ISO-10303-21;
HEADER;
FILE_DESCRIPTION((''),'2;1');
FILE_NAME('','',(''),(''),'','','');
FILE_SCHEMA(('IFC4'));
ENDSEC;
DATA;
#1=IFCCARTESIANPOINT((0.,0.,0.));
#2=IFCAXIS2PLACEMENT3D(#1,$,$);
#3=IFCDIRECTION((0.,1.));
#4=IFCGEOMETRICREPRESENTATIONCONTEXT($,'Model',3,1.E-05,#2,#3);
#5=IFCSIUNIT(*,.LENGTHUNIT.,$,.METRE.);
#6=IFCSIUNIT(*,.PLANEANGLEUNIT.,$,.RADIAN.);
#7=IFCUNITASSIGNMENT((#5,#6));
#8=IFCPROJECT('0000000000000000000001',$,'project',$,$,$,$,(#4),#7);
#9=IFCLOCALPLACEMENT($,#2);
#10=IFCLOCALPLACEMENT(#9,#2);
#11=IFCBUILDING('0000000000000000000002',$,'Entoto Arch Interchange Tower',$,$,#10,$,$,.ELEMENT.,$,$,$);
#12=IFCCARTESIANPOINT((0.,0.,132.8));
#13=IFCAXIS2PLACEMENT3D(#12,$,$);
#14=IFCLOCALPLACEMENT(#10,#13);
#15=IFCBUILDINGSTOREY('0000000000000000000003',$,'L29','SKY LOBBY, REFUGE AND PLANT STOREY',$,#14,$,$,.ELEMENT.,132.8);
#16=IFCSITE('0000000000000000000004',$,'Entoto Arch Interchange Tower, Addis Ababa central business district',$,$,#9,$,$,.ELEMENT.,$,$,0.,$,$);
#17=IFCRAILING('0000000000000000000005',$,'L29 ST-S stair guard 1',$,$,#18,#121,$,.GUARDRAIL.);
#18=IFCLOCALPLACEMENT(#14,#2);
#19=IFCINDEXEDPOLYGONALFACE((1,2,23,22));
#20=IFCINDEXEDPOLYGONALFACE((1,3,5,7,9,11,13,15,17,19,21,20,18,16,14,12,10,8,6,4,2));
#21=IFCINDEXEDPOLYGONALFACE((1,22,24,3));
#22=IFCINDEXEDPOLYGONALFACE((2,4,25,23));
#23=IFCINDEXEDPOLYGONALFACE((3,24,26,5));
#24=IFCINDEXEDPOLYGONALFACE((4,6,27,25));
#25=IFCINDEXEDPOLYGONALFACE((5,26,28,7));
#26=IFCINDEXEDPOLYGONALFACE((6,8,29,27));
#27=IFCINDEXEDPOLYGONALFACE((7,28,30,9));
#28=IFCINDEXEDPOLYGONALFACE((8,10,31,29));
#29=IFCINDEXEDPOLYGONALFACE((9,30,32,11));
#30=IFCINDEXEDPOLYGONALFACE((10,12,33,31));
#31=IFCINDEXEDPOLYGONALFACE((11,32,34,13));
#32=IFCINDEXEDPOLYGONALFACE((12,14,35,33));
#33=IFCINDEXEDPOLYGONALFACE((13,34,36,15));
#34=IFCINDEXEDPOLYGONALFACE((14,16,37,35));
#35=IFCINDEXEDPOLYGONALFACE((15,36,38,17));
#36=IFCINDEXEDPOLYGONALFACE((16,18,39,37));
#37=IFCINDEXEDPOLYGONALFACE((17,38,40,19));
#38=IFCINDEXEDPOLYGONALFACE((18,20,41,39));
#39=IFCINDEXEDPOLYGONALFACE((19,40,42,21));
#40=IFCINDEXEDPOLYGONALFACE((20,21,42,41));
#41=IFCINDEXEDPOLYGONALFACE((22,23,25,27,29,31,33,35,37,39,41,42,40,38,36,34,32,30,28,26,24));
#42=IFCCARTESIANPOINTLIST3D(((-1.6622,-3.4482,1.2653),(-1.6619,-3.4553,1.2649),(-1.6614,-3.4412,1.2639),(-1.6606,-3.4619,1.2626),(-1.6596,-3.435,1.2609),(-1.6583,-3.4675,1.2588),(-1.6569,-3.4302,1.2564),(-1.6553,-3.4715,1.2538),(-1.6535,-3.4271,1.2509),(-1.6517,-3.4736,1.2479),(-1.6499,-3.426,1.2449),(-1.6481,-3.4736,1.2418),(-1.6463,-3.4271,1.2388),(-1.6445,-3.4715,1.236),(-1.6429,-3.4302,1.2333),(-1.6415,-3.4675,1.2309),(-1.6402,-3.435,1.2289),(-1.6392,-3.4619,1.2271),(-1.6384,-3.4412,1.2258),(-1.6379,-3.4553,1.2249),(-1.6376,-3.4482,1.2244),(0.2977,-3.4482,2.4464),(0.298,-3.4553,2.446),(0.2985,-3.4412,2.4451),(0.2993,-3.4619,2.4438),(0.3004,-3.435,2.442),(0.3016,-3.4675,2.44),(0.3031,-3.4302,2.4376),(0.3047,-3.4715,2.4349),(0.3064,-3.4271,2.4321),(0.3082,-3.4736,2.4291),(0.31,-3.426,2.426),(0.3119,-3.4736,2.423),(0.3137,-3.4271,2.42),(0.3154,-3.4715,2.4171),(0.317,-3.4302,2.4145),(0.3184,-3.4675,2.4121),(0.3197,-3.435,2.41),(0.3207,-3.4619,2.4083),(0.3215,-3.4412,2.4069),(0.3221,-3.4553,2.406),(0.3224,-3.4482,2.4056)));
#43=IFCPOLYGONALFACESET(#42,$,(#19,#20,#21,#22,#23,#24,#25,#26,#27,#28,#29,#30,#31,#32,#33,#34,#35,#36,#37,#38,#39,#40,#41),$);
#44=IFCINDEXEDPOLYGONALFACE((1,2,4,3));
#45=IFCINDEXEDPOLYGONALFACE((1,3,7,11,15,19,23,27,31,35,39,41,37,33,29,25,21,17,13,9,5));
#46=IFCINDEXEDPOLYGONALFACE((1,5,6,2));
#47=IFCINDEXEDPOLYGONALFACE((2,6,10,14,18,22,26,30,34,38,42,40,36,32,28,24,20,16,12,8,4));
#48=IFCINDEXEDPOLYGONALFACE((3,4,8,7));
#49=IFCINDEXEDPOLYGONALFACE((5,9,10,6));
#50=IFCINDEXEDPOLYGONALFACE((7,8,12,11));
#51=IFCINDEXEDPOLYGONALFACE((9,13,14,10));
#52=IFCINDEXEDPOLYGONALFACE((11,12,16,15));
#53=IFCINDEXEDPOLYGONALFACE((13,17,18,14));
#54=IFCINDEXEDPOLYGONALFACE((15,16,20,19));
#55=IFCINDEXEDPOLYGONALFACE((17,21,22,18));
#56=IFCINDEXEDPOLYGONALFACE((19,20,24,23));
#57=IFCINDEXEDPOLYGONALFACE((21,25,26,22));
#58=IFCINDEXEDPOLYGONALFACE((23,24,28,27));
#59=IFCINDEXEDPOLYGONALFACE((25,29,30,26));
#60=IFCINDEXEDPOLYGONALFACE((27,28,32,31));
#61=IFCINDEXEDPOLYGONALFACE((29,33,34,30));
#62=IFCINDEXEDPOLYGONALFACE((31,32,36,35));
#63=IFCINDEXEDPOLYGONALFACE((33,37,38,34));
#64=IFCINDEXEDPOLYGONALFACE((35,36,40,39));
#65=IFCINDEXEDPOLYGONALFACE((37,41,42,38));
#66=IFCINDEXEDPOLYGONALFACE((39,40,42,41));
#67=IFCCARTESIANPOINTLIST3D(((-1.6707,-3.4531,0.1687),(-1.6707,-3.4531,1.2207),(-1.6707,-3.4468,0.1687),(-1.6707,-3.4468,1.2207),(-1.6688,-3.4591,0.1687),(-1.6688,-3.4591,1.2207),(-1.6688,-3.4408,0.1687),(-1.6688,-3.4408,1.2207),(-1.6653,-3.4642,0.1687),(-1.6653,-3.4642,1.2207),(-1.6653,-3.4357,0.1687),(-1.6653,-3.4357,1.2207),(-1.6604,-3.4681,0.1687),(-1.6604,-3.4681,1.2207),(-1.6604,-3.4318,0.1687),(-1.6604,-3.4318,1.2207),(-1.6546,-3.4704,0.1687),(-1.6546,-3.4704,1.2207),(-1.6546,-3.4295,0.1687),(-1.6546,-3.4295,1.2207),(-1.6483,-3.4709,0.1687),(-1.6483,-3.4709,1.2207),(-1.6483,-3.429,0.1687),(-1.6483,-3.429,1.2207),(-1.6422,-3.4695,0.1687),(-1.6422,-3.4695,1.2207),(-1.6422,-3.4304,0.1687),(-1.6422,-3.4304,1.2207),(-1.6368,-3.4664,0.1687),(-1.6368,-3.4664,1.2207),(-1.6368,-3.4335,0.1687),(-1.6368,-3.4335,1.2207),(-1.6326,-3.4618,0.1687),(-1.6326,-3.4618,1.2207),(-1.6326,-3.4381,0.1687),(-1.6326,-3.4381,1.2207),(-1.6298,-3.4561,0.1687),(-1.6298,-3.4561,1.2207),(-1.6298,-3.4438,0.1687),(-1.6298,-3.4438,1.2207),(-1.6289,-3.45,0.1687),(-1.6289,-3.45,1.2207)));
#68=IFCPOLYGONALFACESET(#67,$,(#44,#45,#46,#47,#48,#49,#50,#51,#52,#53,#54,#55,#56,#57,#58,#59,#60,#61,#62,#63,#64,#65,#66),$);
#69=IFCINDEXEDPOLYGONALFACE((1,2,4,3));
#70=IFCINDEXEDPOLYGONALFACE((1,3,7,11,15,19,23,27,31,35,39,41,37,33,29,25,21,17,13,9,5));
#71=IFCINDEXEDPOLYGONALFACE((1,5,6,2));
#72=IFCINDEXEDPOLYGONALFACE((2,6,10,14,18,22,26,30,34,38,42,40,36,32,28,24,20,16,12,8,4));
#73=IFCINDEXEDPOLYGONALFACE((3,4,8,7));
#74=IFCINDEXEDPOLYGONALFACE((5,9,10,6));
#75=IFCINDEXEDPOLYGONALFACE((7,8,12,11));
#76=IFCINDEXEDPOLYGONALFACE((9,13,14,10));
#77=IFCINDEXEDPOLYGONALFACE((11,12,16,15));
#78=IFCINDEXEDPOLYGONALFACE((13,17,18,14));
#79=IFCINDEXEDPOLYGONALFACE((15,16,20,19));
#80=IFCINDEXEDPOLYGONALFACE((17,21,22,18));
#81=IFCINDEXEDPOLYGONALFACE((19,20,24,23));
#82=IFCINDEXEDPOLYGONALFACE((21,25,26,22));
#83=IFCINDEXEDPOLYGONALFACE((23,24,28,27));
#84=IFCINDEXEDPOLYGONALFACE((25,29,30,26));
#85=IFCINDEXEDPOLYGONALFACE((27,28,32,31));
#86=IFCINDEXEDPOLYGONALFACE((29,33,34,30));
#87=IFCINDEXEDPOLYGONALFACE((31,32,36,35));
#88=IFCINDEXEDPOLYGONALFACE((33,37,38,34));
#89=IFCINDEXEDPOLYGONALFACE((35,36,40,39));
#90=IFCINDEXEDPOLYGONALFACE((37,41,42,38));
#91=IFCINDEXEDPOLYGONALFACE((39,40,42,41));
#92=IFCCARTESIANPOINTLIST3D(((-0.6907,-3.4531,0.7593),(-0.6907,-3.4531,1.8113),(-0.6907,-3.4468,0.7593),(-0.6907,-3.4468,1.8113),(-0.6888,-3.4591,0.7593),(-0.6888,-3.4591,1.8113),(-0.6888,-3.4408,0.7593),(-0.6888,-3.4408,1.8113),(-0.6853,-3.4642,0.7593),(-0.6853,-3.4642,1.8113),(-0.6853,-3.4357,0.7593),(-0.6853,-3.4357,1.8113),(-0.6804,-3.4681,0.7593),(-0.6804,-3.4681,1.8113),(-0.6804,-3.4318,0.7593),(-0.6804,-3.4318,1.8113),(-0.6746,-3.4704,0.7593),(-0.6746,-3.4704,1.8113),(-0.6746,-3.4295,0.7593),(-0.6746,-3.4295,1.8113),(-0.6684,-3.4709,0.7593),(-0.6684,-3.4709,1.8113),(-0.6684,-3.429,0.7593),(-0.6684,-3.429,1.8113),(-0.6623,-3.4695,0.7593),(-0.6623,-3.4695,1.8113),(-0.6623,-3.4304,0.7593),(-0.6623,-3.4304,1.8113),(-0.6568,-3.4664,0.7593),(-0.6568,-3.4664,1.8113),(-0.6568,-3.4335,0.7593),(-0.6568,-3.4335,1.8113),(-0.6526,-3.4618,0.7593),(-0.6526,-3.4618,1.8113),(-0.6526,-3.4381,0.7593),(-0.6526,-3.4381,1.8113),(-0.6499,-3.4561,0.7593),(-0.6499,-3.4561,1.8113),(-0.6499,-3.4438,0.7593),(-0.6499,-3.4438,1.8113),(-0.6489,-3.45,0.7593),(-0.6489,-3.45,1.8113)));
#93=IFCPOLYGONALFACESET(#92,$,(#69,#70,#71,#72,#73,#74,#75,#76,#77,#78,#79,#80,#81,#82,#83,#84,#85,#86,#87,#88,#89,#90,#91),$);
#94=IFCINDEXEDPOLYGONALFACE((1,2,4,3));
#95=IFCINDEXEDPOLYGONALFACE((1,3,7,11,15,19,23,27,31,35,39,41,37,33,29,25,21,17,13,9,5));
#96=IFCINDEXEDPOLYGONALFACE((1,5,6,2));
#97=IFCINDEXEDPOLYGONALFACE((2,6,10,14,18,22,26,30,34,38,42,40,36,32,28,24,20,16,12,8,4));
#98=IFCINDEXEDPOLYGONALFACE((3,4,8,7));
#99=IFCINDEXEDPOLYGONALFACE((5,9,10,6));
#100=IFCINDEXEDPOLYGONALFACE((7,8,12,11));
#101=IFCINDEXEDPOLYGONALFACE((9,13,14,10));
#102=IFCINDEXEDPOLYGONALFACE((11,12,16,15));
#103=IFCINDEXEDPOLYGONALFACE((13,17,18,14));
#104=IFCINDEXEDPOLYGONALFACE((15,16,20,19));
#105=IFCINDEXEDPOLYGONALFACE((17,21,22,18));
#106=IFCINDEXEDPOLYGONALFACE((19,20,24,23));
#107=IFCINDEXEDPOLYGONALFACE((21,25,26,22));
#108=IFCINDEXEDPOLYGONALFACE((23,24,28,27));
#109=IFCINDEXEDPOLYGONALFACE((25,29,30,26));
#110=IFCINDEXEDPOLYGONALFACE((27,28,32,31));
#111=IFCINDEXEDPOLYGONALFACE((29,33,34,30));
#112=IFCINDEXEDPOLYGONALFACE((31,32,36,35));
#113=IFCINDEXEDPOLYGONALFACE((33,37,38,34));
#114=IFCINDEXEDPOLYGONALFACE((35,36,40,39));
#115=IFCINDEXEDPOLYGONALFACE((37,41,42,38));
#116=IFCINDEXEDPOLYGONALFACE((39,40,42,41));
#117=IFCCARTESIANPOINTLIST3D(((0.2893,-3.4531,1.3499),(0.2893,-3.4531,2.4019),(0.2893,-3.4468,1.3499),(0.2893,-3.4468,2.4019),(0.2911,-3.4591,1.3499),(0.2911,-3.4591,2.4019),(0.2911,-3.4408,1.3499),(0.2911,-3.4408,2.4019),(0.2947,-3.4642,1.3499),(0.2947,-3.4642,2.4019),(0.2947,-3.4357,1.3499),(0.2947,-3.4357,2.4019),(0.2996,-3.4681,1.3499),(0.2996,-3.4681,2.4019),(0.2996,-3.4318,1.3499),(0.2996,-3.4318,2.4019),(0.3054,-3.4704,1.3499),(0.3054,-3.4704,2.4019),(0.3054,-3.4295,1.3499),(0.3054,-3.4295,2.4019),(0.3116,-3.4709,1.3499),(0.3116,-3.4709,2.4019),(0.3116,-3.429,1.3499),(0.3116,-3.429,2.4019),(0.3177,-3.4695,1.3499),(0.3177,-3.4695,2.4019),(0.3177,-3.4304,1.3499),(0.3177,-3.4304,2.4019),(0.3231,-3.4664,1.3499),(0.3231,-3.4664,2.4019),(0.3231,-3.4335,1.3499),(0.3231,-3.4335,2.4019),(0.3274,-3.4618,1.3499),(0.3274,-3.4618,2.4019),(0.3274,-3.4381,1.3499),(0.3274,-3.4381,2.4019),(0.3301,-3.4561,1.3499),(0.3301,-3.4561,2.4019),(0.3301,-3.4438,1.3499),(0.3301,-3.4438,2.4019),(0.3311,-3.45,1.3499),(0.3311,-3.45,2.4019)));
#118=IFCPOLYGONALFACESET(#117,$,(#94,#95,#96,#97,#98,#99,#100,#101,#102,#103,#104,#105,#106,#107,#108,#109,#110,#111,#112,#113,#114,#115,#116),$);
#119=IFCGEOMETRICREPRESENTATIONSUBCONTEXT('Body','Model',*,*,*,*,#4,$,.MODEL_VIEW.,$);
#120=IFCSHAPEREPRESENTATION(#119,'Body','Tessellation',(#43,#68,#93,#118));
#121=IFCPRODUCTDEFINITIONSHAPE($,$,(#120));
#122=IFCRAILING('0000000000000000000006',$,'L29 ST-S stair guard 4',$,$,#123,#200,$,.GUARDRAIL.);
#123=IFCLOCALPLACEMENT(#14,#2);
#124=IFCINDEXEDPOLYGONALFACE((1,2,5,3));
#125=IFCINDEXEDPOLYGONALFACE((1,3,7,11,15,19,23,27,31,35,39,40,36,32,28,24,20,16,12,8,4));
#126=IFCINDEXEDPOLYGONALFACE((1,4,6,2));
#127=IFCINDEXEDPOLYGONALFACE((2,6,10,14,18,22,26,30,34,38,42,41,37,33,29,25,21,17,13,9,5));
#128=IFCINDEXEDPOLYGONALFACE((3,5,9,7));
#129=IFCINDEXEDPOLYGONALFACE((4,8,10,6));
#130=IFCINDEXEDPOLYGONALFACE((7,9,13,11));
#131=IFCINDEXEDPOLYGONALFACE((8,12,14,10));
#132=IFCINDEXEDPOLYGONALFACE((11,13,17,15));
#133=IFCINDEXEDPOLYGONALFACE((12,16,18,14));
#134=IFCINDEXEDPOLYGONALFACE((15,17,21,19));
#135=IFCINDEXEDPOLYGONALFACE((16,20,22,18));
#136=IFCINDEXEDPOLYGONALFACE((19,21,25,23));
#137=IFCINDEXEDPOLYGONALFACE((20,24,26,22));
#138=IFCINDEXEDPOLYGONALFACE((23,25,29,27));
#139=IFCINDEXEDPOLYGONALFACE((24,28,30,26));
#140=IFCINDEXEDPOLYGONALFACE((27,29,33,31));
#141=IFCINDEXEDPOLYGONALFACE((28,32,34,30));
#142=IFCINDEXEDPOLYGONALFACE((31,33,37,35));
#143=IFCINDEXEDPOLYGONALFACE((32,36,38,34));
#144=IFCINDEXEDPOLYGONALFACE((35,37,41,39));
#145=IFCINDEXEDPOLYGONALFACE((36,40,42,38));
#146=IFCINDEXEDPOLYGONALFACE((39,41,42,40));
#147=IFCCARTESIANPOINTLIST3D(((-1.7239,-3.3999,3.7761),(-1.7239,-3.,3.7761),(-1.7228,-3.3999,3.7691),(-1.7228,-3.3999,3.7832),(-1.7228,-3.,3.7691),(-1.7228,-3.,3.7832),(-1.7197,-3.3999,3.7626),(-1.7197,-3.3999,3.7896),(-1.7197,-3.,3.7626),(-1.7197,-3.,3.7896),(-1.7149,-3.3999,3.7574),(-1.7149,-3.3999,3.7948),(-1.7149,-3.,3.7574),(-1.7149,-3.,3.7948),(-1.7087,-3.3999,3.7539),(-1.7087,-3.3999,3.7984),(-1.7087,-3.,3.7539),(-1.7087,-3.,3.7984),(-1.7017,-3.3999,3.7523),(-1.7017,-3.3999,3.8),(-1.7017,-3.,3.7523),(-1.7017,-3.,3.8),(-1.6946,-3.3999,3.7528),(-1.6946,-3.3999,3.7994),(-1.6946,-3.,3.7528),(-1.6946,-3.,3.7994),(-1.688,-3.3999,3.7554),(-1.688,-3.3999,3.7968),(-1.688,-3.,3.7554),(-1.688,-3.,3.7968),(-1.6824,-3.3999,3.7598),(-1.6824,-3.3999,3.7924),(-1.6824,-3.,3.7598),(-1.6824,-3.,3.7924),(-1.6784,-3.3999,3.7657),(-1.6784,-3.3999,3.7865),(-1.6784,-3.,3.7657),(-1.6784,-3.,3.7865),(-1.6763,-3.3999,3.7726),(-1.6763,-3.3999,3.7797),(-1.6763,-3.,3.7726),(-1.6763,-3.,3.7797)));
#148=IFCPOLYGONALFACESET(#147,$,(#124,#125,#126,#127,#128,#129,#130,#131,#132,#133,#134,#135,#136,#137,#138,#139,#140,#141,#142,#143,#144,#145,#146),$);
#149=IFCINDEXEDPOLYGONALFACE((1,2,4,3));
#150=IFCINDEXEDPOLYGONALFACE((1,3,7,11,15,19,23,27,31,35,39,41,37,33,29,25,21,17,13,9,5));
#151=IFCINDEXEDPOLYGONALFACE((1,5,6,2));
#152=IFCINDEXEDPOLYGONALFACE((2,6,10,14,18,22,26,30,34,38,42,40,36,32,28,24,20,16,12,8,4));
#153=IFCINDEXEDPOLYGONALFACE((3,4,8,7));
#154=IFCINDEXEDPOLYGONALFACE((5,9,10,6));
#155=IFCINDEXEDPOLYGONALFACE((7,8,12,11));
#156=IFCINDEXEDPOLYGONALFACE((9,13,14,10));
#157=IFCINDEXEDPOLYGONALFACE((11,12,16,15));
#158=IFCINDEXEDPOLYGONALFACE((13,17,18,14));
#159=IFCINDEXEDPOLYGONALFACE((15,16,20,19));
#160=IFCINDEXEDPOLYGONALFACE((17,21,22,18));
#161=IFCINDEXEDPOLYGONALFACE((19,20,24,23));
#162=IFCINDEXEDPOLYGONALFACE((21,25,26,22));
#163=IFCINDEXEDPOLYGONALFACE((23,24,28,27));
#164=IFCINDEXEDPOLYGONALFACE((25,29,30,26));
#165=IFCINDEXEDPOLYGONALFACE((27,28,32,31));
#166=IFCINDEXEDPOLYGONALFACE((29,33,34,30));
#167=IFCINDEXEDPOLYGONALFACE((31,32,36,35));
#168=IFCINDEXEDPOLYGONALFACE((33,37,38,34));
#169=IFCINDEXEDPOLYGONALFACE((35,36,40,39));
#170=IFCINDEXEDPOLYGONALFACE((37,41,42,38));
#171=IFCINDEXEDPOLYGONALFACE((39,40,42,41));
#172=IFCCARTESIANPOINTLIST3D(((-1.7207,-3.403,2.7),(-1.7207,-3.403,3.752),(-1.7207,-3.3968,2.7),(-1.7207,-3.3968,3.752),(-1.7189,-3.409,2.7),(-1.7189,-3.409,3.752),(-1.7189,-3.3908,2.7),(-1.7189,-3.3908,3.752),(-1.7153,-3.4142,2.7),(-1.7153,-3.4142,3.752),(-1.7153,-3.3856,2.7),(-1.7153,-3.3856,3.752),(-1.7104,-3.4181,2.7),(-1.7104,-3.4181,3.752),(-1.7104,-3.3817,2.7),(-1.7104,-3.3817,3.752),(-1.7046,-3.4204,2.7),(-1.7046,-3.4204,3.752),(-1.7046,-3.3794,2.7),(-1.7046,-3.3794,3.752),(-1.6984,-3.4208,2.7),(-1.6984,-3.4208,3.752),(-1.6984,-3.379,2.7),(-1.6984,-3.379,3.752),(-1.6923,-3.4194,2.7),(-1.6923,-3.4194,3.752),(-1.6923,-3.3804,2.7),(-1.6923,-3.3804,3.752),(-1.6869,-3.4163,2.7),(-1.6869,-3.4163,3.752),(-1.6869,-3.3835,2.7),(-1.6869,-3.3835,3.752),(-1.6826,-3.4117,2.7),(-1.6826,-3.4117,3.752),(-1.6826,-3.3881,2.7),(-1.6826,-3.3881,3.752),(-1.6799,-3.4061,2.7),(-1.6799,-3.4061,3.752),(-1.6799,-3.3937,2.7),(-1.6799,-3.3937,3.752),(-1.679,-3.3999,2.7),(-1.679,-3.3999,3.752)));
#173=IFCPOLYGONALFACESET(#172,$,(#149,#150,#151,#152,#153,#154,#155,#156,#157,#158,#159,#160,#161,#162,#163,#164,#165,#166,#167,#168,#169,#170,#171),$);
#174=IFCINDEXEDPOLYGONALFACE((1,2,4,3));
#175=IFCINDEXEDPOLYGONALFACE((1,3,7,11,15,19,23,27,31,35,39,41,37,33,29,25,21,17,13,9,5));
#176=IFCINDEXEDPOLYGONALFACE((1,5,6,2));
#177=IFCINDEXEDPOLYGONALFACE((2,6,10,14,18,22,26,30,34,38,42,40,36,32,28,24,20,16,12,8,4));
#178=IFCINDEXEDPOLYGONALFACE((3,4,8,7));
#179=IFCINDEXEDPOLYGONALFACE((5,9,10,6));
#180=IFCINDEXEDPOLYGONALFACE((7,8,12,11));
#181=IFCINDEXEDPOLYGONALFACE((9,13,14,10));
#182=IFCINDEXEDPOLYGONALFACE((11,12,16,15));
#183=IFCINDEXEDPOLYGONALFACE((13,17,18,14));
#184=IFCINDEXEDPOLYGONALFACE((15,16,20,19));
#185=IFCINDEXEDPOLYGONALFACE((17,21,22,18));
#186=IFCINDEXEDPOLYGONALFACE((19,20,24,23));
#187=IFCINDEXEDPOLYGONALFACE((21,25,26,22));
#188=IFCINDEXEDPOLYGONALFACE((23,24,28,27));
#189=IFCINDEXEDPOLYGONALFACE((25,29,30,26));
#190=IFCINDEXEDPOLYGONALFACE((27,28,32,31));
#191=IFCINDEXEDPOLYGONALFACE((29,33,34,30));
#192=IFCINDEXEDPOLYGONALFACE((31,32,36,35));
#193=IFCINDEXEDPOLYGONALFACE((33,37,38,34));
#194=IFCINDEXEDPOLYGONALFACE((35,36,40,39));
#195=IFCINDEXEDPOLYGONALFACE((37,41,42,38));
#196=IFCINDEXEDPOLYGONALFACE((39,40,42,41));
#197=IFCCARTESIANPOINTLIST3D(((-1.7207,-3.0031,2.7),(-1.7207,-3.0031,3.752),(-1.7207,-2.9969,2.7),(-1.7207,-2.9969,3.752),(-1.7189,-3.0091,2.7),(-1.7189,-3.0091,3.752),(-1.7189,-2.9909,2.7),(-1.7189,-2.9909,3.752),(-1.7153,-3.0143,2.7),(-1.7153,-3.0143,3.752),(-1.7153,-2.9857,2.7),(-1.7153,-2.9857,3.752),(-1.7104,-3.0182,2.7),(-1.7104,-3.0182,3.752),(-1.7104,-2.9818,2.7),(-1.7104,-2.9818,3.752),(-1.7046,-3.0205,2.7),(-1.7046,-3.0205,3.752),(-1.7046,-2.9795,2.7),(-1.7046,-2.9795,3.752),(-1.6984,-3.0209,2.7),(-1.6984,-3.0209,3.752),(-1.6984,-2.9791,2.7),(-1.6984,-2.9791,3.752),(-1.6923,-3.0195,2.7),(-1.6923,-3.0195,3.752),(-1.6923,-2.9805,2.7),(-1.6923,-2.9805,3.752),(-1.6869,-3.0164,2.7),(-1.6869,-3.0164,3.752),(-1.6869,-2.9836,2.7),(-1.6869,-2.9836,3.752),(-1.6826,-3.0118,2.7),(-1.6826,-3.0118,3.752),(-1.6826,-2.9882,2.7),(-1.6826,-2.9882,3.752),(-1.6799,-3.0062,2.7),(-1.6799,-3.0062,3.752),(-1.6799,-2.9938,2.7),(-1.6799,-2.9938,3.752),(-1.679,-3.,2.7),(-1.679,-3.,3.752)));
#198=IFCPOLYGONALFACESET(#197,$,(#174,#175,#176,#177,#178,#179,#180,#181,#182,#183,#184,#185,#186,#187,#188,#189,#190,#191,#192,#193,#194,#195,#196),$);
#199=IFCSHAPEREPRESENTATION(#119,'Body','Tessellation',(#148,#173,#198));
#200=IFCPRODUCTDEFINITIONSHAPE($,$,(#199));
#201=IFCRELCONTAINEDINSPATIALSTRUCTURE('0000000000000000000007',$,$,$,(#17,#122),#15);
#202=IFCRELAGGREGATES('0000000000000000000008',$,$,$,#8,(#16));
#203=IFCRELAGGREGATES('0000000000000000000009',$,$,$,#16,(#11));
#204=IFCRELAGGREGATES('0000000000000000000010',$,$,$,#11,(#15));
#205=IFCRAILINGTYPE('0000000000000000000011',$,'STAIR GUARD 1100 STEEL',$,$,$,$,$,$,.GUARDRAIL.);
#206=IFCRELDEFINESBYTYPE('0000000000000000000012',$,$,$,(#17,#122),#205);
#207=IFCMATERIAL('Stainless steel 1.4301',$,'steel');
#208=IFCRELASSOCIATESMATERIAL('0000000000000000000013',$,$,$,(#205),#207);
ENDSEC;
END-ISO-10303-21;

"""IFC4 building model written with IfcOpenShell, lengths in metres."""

from ifc_helpers import new_model, si_unit, direction, frame, origin, origin_2d, place, context, subcontext, project, spatial, circle, extrude, material, type_object, element, save


model = new_model("IFC4")

# Units and contexts
model_context = context("Model", 3, precision=1e-05, world=origin(), true_north=direction((0.0, 1.0)))
body_context = subcontext(model_context, "Body", "Model", "MODEL_VIEW")
ifc_project = project(units=[si_unit("LENGTHUNIT", "METRE"), si_unit("PLANEANGLEUNIT", "RADIAN")], contexts=[model_context])

# Site, building, storey
site_placement = place(None, origin())
site = spatial("IfcSite", under=ifc_project, at=site_placement, Name="Entoto Arch Interchange Tower, Addis Ababa central business district", CompositionType="ELEMENT", RefElevation=0.0)
building_placement = place(site_placement, origin())
building = spatial("IfcBuilding", under=site, at=building_placement, Name="Entoto Arch Interchange Tower", CompositionType="ELEMENT")
storey_placement = place(building_placement, frame((0.0, 0.0, 132.8)))
storey = spatial("IfcBuildingStorey", under=building, at=storey_placement, Name="L29", Description="SKY LOBBY, REFUGE AND PLANT STOREY", CompositionType="ELEMENT", Elevation=132.8)

# Railings
ifc_material_1 = material(Name="Stainless steel 1.4301", Category="steel")
railing_type_1 = type_object("IfcRailingType", Name="STAIR GUARD 1100 STEEL", PredefinedType="GUARDRAIL", material=ifc_material_1)
railing_1_placement = place(storey_placement, frame((-1.6499, -3.45, 0.1687)))
element("IfcRailing", 1, at=railing_1_placement, inside=storey, type_object=railing_type_1, Name="L29 ST-S stair guard 1", PredefinedType="GUARDRAIL", context=body_context, shape_type="SweptSolid", body=[
    extrude(circle(Radius=0.0239, at=origin_2d()), frame((0.0, 0.0, 1.0762), z_axis=(0.856493, 0.0, 0.516158), x_axis=(0.0, 1.0, 0.0)), (0.0, 0.0, 1.0), 2.2883),
    extrude(circle(Radius=0.021, at=origin_2d()), origin(), (0.0, 0.0, 1.0), 1.052),
    extrude(circle(Radius=0.021, at=origin_2d()), frame((0.98, 0.0, 0.5906)), (0.0, 0.0, 1.0), 1.052),
    extrude(circle(Radius=0.021, at=origin_2d()), frame((1.96, 0.0, 1.1812)), (0.0, 0.0, 1.0), 1.052),
])
railing_2_placement = place(storey_placement, frame((-1.7, -3.3999, 2.7)))
element("IfcRailing", 2, at=railing_2_placement, inside=storey, type_object=railing_type_1, Name="L29 ST-S stair guard 4", PredefinedType="GUARDRAIL", context=body_context, shape_type="SweptSolid", body=[
    extrude(circle(Radius=0.0239, at=origin_2d()), frame((0.0, 0.0, 1.0762), z_axis=(0.0, 1.0, 0.0), x_axis=(-1.0, 0.0, 0.0)), (0.0, 0.0, 1.0), 0.3999),
    extrude(circle(Radius=0.021, at=origin_2d()), origin(), (0.0, 0.0, 1.0), 1.052),
    extrude(circle(Radius=0.021, at=origin_2d()), frame((0.0, 0.3999, 0.0)), (0.0, 0.0, 1.0), 1.052),
])

save(model, "model.ifc")
